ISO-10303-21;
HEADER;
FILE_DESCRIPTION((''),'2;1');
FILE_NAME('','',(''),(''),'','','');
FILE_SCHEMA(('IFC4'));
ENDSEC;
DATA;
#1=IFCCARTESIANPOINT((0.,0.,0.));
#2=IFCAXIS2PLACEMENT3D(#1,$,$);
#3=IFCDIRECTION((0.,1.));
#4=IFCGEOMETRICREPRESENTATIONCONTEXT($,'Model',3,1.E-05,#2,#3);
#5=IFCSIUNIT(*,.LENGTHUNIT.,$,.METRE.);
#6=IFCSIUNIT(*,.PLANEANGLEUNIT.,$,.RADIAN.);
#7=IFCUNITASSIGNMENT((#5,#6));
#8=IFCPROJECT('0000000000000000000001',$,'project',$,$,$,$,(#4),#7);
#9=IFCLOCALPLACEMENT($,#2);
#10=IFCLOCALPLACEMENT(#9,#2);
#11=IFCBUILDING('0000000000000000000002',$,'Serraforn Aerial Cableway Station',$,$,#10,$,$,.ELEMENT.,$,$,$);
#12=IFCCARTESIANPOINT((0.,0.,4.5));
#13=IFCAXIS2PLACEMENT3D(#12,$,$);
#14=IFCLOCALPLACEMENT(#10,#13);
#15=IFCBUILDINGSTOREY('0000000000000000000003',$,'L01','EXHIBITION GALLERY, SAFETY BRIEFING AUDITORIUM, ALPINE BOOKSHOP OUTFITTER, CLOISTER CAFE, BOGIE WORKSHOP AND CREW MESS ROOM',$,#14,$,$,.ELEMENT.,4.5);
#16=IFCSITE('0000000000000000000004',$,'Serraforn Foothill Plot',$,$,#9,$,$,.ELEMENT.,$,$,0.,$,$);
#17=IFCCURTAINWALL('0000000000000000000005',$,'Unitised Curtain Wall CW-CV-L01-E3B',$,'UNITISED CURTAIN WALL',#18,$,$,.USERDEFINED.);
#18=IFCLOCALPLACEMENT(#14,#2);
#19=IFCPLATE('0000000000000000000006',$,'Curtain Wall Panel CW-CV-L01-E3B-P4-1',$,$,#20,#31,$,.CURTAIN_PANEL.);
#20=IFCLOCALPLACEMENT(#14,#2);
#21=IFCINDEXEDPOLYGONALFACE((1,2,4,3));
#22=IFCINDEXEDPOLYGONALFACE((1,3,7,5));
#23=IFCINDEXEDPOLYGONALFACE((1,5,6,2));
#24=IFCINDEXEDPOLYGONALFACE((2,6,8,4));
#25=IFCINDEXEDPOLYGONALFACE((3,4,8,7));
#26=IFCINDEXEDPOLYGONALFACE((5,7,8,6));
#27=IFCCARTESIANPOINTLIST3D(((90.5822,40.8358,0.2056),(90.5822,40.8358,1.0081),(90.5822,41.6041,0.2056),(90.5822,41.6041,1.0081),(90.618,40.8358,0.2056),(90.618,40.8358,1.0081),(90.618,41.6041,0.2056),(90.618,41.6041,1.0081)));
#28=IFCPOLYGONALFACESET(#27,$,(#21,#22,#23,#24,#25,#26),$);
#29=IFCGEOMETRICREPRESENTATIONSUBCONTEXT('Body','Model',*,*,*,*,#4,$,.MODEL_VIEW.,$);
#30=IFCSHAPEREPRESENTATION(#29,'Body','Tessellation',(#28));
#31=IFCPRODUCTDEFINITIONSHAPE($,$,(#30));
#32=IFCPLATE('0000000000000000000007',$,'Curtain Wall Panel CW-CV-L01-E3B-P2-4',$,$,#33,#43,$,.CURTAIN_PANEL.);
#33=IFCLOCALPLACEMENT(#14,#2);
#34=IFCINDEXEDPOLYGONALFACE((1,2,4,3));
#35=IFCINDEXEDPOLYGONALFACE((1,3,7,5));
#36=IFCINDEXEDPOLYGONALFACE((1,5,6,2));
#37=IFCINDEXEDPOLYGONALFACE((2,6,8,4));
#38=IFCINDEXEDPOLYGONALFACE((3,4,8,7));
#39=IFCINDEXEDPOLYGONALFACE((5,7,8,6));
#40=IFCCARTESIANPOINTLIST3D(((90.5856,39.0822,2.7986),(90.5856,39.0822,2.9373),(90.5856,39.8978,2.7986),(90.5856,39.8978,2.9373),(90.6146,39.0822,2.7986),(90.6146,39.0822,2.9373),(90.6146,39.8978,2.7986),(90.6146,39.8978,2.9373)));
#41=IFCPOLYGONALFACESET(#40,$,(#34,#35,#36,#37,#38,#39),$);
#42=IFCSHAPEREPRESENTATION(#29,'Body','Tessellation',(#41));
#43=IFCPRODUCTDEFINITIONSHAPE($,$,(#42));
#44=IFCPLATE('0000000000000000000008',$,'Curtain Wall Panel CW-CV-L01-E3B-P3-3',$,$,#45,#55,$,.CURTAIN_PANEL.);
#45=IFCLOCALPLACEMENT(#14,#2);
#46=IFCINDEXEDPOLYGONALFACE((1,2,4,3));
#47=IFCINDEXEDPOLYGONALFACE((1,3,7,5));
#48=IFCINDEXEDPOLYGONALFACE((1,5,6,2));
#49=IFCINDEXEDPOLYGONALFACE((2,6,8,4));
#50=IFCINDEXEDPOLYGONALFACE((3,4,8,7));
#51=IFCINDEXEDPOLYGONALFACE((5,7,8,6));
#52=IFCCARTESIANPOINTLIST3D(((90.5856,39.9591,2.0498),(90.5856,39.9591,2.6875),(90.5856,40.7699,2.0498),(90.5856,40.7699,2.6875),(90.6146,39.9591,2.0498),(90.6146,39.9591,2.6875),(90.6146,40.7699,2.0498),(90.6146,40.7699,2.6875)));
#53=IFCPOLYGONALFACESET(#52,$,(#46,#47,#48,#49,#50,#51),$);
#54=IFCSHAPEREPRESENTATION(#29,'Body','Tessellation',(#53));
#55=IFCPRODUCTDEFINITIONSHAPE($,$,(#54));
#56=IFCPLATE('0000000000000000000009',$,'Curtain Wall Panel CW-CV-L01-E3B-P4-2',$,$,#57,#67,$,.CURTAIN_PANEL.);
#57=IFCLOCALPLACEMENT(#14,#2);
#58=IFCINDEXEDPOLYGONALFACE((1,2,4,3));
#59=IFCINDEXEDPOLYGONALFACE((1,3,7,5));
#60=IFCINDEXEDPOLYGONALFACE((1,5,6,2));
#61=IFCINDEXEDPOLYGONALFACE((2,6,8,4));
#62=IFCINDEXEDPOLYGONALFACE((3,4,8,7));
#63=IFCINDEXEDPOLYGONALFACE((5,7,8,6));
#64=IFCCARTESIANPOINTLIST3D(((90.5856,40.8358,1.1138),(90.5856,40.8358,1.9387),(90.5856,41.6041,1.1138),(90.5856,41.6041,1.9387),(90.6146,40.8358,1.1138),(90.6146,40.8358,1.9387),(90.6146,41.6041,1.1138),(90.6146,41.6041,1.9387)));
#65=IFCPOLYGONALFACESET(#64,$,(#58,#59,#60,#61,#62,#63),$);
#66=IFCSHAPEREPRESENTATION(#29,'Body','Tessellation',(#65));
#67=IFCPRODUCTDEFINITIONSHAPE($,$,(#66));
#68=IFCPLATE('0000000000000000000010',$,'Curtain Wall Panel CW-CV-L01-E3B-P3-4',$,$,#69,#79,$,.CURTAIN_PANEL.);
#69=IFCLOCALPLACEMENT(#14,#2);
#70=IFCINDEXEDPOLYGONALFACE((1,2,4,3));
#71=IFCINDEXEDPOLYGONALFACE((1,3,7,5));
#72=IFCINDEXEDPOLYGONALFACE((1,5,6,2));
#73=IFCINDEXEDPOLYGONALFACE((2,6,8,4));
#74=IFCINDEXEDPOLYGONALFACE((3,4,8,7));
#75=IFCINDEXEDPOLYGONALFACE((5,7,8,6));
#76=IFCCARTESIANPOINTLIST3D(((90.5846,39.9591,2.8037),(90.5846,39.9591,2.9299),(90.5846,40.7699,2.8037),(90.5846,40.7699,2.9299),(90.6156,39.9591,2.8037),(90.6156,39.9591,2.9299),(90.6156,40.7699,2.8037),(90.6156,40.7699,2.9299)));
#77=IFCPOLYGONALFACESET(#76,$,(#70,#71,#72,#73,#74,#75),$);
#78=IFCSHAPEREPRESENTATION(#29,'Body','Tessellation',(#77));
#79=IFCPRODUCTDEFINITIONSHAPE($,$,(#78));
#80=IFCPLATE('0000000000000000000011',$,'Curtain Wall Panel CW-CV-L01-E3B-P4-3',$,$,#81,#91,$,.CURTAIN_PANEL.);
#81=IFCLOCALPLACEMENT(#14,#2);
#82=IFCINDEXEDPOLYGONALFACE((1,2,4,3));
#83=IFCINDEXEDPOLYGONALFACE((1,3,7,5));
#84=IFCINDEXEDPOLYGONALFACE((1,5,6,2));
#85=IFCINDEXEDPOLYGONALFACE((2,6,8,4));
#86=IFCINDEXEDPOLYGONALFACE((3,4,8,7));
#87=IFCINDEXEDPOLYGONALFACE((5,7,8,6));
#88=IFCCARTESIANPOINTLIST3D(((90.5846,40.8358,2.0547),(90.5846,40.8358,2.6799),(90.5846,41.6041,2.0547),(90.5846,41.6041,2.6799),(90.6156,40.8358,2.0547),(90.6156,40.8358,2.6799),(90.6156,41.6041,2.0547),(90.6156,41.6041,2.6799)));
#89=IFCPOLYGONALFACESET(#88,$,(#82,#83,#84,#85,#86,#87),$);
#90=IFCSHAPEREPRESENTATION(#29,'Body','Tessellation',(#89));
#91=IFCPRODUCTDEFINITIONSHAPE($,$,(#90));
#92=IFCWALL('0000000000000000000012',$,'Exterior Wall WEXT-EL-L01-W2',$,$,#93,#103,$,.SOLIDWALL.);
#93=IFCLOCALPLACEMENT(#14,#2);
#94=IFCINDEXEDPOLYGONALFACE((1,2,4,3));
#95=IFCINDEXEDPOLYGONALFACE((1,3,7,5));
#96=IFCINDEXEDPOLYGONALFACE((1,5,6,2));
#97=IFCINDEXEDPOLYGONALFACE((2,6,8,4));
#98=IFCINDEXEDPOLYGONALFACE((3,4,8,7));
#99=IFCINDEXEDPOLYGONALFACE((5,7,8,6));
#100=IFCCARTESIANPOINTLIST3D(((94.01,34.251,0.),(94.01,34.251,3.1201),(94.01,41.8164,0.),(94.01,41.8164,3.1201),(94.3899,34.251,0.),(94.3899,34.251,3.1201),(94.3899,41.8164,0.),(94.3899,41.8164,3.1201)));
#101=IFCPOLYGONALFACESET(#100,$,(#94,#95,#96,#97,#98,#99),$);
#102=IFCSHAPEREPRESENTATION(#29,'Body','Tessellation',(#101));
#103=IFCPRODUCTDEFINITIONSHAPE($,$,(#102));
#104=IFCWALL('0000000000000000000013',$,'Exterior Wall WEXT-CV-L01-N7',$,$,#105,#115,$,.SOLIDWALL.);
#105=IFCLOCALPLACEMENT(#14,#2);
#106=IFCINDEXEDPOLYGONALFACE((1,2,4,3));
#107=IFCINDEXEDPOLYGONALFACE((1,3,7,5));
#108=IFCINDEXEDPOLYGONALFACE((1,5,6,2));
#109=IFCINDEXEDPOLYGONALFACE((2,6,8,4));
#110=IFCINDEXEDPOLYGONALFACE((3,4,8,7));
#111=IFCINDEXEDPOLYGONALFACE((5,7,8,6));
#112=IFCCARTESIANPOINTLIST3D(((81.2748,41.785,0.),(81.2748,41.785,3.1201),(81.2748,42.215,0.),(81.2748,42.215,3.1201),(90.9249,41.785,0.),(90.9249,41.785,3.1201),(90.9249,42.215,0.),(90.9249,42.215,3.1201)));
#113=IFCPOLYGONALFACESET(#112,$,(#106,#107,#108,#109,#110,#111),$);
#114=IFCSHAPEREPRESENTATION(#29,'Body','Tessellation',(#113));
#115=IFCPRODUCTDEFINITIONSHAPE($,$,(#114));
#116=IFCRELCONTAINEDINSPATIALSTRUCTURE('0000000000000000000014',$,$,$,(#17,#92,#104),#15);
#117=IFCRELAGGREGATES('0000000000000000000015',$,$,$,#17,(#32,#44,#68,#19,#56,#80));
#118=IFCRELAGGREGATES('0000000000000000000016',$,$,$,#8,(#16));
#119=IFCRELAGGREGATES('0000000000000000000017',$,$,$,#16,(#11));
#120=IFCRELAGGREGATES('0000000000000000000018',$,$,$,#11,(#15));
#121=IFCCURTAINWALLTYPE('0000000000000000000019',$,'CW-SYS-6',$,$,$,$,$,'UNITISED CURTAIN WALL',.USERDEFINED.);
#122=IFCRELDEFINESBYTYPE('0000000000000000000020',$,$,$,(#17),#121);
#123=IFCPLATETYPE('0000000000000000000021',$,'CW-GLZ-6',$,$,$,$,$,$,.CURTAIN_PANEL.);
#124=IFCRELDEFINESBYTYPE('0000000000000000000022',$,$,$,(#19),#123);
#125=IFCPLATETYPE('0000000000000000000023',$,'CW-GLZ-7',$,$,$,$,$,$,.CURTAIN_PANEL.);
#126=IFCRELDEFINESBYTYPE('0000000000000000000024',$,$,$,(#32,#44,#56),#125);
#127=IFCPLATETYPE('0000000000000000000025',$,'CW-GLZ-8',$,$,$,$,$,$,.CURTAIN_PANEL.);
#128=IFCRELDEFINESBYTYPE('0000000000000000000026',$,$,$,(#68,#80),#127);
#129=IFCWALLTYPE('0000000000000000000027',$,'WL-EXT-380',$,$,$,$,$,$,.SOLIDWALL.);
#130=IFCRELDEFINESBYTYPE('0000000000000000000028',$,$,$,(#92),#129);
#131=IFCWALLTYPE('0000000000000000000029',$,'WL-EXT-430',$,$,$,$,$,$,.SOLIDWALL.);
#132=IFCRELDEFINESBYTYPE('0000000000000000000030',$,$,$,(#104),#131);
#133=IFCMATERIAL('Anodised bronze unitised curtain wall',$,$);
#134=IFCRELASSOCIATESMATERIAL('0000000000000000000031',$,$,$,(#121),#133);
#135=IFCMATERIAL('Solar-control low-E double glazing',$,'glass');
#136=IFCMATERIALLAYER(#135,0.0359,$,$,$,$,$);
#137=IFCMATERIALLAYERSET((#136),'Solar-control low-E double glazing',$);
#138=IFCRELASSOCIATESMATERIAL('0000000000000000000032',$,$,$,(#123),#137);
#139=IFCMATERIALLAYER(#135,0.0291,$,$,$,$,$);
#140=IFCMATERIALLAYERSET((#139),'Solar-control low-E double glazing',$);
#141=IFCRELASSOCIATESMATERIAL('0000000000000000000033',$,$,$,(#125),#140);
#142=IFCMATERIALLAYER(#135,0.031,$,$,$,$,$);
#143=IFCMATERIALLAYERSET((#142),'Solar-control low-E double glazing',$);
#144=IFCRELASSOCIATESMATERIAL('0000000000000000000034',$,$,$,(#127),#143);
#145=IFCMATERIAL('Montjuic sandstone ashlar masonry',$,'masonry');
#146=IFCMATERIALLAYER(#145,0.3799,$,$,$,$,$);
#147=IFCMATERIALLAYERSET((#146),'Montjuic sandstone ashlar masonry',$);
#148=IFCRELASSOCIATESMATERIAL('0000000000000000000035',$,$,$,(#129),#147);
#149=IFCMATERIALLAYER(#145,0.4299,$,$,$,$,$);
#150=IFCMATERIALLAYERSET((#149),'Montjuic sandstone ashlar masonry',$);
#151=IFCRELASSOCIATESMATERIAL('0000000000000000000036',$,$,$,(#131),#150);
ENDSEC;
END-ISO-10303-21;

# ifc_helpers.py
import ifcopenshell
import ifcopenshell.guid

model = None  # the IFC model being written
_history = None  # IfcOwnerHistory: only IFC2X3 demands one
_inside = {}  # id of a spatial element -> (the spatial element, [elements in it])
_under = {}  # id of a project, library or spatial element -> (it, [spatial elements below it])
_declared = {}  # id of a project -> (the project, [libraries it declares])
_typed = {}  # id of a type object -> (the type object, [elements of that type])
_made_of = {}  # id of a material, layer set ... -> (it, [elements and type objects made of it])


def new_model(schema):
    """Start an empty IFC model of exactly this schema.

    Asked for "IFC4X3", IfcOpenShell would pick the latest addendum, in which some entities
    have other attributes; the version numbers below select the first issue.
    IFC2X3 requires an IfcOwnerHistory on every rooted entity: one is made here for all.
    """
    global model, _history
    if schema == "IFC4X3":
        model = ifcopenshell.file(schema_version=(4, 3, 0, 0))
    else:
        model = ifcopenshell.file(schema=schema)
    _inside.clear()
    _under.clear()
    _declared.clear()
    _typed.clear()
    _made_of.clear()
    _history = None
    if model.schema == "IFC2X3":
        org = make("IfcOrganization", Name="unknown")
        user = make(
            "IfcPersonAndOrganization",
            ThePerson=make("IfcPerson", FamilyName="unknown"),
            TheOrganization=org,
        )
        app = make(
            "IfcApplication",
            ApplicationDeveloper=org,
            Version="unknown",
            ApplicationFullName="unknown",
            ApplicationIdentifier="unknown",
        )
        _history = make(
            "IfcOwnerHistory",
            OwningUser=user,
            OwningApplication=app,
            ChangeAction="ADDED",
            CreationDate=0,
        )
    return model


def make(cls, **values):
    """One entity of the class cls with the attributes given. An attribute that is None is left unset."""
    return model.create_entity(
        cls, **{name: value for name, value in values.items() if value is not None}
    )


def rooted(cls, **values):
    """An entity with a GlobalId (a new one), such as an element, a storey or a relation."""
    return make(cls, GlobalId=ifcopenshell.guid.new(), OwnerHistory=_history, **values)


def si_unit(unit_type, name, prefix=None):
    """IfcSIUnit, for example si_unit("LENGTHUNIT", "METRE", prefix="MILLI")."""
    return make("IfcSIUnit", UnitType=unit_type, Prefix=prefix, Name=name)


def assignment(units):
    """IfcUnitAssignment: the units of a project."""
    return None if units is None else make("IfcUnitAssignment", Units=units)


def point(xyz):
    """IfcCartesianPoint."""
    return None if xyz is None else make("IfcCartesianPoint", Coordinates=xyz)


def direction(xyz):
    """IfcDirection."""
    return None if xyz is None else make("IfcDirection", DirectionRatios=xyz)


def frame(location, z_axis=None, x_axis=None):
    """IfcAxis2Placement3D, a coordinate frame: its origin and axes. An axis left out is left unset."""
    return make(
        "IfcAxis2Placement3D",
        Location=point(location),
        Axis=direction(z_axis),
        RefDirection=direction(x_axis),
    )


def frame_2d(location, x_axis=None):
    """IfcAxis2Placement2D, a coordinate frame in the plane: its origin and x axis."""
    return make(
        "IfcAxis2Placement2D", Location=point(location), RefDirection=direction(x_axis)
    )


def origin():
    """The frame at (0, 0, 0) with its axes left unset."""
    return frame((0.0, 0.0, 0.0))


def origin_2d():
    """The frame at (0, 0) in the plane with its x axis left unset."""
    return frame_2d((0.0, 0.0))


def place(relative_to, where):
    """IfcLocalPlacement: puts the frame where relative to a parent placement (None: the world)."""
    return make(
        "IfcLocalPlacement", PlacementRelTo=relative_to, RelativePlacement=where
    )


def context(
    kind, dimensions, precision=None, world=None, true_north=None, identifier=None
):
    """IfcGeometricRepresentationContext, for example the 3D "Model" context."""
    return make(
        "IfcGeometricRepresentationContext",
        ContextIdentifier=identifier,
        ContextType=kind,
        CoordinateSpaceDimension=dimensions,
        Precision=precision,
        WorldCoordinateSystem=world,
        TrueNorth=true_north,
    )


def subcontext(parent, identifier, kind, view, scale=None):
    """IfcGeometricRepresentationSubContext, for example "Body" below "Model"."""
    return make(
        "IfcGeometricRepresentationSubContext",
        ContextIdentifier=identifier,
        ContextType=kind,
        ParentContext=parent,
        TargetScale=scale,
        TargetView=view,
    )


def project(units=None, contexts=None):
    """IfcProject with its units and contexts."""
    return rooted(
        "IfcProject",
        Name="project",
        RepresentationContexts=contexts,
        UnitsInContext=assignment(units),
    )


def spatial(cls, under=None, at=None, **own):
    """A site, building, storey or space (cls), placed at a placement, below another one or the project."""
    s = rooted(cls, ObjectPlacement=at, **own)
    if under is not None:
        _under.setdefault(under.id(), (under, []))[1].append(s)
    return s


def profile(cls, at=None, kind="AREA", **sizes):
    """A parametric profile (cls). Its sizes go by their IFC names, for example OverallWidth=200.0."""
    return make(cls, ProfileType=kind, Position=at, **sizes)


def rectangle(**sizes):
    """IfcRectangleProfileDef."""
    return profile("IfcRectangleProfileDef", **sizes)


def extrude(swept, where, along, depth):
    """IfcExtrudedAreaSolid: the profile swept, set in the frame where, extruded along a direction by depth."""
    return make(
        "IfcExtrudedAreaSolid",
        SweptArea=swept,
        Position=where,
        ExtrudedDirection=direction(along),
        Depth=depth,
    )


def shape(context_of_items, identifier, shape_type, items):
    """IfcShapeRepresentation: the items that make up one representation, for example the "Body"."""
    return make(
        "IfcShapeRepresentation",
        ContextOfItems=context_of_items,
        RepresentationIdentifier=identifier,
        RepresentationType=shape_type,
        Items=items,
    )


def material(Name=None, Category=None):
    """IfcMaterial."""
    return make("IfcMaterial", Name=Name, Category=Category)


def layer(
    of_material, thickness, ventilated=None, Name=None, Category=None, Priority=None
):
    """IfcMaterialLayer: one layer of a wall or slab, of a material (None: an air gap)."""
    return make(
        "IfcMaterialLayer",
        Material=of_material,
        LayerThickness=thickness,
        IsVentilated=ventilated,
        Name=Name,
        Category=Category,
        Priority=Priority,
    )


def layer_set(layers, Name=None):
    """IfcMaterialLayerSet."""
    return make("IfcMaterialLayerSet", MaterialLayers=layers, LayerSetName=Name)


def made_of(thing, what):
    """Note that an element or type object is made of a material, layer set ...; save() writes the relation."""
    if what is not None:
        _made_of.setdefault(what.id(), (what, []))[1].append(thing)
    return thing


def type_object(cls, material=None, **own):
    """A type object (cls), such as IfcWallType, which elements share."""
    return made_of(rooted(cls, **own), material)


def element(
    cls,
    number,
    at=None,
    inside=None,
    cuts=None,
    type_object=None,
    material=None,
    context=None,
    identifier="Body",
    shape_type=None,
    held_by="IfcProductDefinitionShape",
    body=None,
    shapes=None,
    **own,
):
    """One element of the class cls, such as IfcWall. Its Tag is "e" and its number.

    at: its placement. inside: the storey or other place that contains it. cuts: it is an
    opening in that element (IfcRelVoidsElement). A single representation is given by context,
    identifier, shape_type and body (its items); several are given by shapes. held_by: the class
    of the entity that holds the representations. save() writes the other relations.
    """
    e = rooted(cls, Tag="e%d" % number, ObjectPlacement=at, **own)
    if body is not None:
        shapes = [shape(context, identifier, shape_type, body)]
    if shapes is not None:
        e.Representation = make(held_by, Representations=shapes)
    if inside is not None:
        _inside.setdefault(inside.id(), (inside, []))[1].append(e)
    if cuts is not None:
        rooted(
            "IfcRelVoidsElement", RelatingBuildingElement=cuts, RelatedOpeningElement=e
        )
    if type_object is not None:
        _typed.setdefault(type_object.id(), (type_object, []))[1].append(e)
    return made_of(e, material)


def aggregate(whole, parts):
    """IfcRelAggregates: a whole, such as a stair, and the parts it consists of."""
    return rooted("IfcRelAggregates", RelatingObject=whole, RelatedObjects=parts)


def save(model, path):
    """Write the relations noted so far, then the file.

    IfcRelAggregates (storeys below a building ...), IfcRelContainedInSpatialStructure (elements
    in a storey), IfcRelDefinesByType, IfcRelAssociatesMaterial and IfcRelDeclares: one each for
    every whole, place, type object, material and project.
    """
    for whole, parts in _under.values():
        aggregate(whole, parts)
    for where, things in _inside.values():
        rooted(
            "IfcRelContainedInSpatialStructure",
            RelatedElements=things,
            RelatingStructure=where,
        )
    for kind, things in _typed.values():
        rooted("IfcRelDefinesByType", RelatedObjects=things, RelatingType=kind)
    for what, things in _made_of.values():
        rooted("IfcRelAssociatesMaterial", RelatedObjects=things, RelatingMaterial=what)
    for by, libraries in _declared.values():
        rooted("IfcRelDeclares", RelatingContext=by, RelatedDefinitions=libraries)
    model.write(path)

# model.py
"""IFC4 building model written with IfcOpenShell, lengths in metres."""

from ifc_helpers import new_model, si_unit, direction, frame, frame_2d, origin, origin_2d, place, context, subcontext, project, spatial, rectangle, extrude, material, layer, layer_set, type_object, element, aggregate, save


model = new_model("IFC4")

# Units and contexts
model_context = context("Model", 3, precision=1e-05, world=origin(), true_north=direction((0.0, 1.0)))
body_context = subcontext(model_context, "Body", "Model", "MODEL_VIEW")
ifc_project = project(units=[si_unit("LENGTHUNIT", "METRE"), si_unit("PLANEANGLEUNIT", "RADIAN")], contexts=[model_context])

# Site, building, storey
site_placement = place(None, origin())
site = spatial("IfcSite", under=ifc_project, at=site_placement, Name="Serraforn Foothill Plot", CompositionType="ELEMENT", RefElevation=0.0)
building_placement = place(site_placement, origin())
building = spatial("IfcBuilding", under=site, at=building_placement, Name="Serraforn Aerial Cableway Station", CompositionType="ELEMENT")
storey_placement = place(building_placement, frame((0.0, 0.0, 4.5)))
storey = spatial("IfcBuildingStorey", under=building, at=storey_placement, Name="L01", Description="EXHIBITION GALLERY, SAFETY BRIEFING AUDITORIUM, ALPINE BOOKSHOP OUTFITTER, CLOISTER CAFE, BOGIE WORKSHOP AND CREW MESS ROOM", CompositionType="ELEMENT", Elevation=4.5)

# Curtain wall, plates
ifc_material_1 = material(Name="Anodised bronze unitised curtain wall")
curtain_wall_type = type_object("IfcCurtainWallType", Name="CW-SYS-6", ElementType="UNITISED CURTAIN WALL", PredefinedType="USERDEFINED", material=ifc_material_1)
curtain_wall_placement = place(storey_placement, origin())
curtain_wall = element("IfcCurtainWall", 1, at=curtain_wall_placement, inside=storey, type_object=curtain_wall_type, Name="Unitised Curtain Wall CW-CV-L01-E3B", ObjectType="UNITISED CURTAIN WALL", PredefinedType="USERDEFINED")
ifc_material_2 = material(Name="Solar-control low-E double glazing", Category="glass")
ifc_layer_1 = layer(ifc_material_2, 0.0359)
ifc_layer_set_1 = layer_set([ifc_layer_1], Name="Solar-control low-E double glazing")
plate_type_1 = type_object("IfcPlateType", Name="CW-GLZ-6", PredefinedType="CURTAIN_PANEL", material=ifc_layer_set_1)
plate_1_placement = place(storey_placement, frame((90.6001, 41.22, 0.2056), z_axis=(0.0, 0.0, 1.0), x_axis=(1.0, 0.0, 0.0)))
plate_1 = element("IfcPlate", 2, at=plate_1_placement, type_object=plate_type_1, Name="Curtain Wall Panel CW-CV-L01-E3B-P4-1", PredefinedType="CURTAIN_PANEL", context=body_context, shape_type="SweptSolid", body=[
    extrude(rectangle(XDim=0.0359, YDim=0.7683, at=origin_2d()), origin(), (0.0, 0.0, 1.0), 0.8025),
])
ifc_layer_2 = layer(ifc_material_2, 0.0291)
ifc_layer_set_2 = layer_set([ifc_layer_2], Name="Solar-control low-E double glazing")
plate_type_2 = type_object("IfcPlateType", Name="CW-GLZ-7", PredefinedType="CURTAIN_PANEL", material=ifc_layer_set_2)
plate_2_placement = place(storey_placement, frame((90.6001, 39.49, 2.7986), z_axis=(0.0, 0.0, 1.0), x_axis=(1.0, 0.0, 0.0)))
plate_2 = element("IfcPlate", 3, at=plate_2_placement, type_object=plate_type_2, Name="Curtain Wall Panel CW-CV-L01-E3B-P2-4", PredefinedType="CURTAIN_PANEL", context=body_context, shape_type="SweptSolid", body=[
    extrude(rectangle(XDim=0.0291, YDim=0.8157, at=origin_2d()), origin(), (0.0, 0.0, 1.0), 0.1387),
])
plate_3_placement = place(storey_placement, frame((90.6001, 40.3645, 2.0498), z_axis=(0.0, 0.0, 1.0), x_axis=(1.0, 0.0, 0.0)))
plate_3 = element("IfcPlate", 4, at=plate_3_placement, type_object=plate_type_2, Name="Curtain Wall Panel CW-CV-L01-E3B-P3-3", PredefinedType="CURTAIN_PANEL", context=body_context, shape_type="SweptSolid", body=[
    extrude(rectangle(XDim=0.0291, YDim=0.8108, at=origin_2d()), origin(), (0.0, 0.0, 1.0), 0.6377),
])
plate_4_placement = place(storey_placement, frame((90.6001, 41.22, 1.1138), z_axis=(0.0, 0.0, 1.0), x_axis=(1.0, 0.0, 0.0)))
plate_4 = element("IfcPlate", 5, at=plate_4_placement, type_object=plate_type_2, Name="Curtain Wall Panel CW-CV-L01-E3B-P4-2", PredefinedType="CURTAIN_PANEL", context=body_context, shape_type="SweptSolid", body=[
    extrude(rectangle(XDim=0.0291, YDim=0.7683, at=origin_2d()), origin(), (0.0, 0.0, 1.0), 0.825),
])
ifc_layer_3 = layer(ifc_material_2, 0.031)
ifc_layer_set_3 = layer_set([ifc_layer_3], Name="Solar-control low-E double glazing")
plate_type_3 = type_object("IfcPlateType", Name="CW-GLZ-8", PredefinedType="CURTAIN_PANEL", material=ifc_layer_set_3)
plate_5_placement = place(storey_placement, frame((90.6001, 40.3645, 2.8037), z_axis=(0.0, 0.0, 1.0), x_axis=(1.0, 0.0, 0.0)))
plate_5 = element("IfcPlate", 6, at=plate_5_placement, type_object=plate_type_3, Name="Curtain Wall Panel CW-CV-L01-E3B-P3-4", PredefinedType="CURTAIN_PANEL", context=body_context, shape_type="SweptSolid", body=[
    extrude(rectangle(XDim=0.031, YDim=0.8108, at=origin_2d()), origin(), (0.0, 0.0, 1.0), 0.1262),
])
plate_6_placement = place(storey_placement, frame((90.6001, 41.22, 2.0547), z_axis=(0.0, 0.0, 1.0), x_axis=(1.0, 0.0, 0.0)))
plate_6 = element("IfcPlate", 7, at=plate_6_placement, type_object=plate_type_3, Name="Curtain Wall Panel CW-CV-L01-E3B-P4-3", PredefinedType="CURTAIN_PANEL", context=body_context, shape_type="SweptSolid", body=[
    extrude(rectangle(XDim=0.031, YDim=0.7683, at=origin_2d()), origin(), (0.0, 0.0, 1.0), 0.6252),
])
aggregate(curtain_wall, [plate_2, plate_3, plate_5, plate_1, plate_4, plate_6])

# Walls
ifc_material_3 = material(Name="Montjuic sandstone ashlar masonry", Category="masonry")
ifc_layer_4 = layer(ifc_material_3, 0.3799)
ifc_layer_set_4 = layer_set([ifc_layer_4], Name="Montjuic sandstone ashlar masonry")
wall_type_1 = type_object("IfcWallType", Name="WL-EXT-380", PredefinedType="SOLIDWALL", material=ifc_layer_set_4)
wall_1_placement = place(storey_placement, frame((94.2, 41.8164, 0.0), z_axis=(0.0, 0.0, 1.0), x_axis=(0.0, -1.0, 0.0)))
element("IfcWall", 8, at=wall_1_placement, inside=storey, type_object=wall_type_1, Name="Exterior Wall WEXT-EL-L01-W2", PredefinedType="SOLIDWALL", context=body_context, shape_type="SweptSolid", body=[
    extrude(rectangle(XDim=7.5654, YDim=0.3799, at=frame_2d((3.7827, 0.0))), origin(), (0.0, 0.0, 1.0), 3.1201),
])
ifc_layer_5 = layer(ifc_material_3, 0.4299)
ifc_layer_set_5 = layer_set([ifc_layer_5], Name="Montjuic sandstone ashlar masonry")
wall_type_2 = type_object("IfcWallType", Name="WL-EXT-430", PredefinedType="SOLIDWALL", material=ifc_layer_set_5)
wall_2_placement = place(storey_placement, frame((90.925, 42.0, 0.0), z_axis=(0.0, 0.0, 1.0), x_axis=(-1.0, 0.0, 0.0)))
element("IfcWall", 9, at=wall_2_placement, inside=storey, type_object=wall_type_2, Name="Exterior Wall WEXT-CV-L01-N7", PredefinedType="SOLIDWALL", context=body_context, shape_type="SweptSolid", body=[
    extrude(rectangle(XDim=9.6501, YDim=0.4299, at=frame_2d((4.8252, 0.0))), origin(), (0.0, 0.0, 1.0), 3.1201),
])

save(model, "model.ifc")
